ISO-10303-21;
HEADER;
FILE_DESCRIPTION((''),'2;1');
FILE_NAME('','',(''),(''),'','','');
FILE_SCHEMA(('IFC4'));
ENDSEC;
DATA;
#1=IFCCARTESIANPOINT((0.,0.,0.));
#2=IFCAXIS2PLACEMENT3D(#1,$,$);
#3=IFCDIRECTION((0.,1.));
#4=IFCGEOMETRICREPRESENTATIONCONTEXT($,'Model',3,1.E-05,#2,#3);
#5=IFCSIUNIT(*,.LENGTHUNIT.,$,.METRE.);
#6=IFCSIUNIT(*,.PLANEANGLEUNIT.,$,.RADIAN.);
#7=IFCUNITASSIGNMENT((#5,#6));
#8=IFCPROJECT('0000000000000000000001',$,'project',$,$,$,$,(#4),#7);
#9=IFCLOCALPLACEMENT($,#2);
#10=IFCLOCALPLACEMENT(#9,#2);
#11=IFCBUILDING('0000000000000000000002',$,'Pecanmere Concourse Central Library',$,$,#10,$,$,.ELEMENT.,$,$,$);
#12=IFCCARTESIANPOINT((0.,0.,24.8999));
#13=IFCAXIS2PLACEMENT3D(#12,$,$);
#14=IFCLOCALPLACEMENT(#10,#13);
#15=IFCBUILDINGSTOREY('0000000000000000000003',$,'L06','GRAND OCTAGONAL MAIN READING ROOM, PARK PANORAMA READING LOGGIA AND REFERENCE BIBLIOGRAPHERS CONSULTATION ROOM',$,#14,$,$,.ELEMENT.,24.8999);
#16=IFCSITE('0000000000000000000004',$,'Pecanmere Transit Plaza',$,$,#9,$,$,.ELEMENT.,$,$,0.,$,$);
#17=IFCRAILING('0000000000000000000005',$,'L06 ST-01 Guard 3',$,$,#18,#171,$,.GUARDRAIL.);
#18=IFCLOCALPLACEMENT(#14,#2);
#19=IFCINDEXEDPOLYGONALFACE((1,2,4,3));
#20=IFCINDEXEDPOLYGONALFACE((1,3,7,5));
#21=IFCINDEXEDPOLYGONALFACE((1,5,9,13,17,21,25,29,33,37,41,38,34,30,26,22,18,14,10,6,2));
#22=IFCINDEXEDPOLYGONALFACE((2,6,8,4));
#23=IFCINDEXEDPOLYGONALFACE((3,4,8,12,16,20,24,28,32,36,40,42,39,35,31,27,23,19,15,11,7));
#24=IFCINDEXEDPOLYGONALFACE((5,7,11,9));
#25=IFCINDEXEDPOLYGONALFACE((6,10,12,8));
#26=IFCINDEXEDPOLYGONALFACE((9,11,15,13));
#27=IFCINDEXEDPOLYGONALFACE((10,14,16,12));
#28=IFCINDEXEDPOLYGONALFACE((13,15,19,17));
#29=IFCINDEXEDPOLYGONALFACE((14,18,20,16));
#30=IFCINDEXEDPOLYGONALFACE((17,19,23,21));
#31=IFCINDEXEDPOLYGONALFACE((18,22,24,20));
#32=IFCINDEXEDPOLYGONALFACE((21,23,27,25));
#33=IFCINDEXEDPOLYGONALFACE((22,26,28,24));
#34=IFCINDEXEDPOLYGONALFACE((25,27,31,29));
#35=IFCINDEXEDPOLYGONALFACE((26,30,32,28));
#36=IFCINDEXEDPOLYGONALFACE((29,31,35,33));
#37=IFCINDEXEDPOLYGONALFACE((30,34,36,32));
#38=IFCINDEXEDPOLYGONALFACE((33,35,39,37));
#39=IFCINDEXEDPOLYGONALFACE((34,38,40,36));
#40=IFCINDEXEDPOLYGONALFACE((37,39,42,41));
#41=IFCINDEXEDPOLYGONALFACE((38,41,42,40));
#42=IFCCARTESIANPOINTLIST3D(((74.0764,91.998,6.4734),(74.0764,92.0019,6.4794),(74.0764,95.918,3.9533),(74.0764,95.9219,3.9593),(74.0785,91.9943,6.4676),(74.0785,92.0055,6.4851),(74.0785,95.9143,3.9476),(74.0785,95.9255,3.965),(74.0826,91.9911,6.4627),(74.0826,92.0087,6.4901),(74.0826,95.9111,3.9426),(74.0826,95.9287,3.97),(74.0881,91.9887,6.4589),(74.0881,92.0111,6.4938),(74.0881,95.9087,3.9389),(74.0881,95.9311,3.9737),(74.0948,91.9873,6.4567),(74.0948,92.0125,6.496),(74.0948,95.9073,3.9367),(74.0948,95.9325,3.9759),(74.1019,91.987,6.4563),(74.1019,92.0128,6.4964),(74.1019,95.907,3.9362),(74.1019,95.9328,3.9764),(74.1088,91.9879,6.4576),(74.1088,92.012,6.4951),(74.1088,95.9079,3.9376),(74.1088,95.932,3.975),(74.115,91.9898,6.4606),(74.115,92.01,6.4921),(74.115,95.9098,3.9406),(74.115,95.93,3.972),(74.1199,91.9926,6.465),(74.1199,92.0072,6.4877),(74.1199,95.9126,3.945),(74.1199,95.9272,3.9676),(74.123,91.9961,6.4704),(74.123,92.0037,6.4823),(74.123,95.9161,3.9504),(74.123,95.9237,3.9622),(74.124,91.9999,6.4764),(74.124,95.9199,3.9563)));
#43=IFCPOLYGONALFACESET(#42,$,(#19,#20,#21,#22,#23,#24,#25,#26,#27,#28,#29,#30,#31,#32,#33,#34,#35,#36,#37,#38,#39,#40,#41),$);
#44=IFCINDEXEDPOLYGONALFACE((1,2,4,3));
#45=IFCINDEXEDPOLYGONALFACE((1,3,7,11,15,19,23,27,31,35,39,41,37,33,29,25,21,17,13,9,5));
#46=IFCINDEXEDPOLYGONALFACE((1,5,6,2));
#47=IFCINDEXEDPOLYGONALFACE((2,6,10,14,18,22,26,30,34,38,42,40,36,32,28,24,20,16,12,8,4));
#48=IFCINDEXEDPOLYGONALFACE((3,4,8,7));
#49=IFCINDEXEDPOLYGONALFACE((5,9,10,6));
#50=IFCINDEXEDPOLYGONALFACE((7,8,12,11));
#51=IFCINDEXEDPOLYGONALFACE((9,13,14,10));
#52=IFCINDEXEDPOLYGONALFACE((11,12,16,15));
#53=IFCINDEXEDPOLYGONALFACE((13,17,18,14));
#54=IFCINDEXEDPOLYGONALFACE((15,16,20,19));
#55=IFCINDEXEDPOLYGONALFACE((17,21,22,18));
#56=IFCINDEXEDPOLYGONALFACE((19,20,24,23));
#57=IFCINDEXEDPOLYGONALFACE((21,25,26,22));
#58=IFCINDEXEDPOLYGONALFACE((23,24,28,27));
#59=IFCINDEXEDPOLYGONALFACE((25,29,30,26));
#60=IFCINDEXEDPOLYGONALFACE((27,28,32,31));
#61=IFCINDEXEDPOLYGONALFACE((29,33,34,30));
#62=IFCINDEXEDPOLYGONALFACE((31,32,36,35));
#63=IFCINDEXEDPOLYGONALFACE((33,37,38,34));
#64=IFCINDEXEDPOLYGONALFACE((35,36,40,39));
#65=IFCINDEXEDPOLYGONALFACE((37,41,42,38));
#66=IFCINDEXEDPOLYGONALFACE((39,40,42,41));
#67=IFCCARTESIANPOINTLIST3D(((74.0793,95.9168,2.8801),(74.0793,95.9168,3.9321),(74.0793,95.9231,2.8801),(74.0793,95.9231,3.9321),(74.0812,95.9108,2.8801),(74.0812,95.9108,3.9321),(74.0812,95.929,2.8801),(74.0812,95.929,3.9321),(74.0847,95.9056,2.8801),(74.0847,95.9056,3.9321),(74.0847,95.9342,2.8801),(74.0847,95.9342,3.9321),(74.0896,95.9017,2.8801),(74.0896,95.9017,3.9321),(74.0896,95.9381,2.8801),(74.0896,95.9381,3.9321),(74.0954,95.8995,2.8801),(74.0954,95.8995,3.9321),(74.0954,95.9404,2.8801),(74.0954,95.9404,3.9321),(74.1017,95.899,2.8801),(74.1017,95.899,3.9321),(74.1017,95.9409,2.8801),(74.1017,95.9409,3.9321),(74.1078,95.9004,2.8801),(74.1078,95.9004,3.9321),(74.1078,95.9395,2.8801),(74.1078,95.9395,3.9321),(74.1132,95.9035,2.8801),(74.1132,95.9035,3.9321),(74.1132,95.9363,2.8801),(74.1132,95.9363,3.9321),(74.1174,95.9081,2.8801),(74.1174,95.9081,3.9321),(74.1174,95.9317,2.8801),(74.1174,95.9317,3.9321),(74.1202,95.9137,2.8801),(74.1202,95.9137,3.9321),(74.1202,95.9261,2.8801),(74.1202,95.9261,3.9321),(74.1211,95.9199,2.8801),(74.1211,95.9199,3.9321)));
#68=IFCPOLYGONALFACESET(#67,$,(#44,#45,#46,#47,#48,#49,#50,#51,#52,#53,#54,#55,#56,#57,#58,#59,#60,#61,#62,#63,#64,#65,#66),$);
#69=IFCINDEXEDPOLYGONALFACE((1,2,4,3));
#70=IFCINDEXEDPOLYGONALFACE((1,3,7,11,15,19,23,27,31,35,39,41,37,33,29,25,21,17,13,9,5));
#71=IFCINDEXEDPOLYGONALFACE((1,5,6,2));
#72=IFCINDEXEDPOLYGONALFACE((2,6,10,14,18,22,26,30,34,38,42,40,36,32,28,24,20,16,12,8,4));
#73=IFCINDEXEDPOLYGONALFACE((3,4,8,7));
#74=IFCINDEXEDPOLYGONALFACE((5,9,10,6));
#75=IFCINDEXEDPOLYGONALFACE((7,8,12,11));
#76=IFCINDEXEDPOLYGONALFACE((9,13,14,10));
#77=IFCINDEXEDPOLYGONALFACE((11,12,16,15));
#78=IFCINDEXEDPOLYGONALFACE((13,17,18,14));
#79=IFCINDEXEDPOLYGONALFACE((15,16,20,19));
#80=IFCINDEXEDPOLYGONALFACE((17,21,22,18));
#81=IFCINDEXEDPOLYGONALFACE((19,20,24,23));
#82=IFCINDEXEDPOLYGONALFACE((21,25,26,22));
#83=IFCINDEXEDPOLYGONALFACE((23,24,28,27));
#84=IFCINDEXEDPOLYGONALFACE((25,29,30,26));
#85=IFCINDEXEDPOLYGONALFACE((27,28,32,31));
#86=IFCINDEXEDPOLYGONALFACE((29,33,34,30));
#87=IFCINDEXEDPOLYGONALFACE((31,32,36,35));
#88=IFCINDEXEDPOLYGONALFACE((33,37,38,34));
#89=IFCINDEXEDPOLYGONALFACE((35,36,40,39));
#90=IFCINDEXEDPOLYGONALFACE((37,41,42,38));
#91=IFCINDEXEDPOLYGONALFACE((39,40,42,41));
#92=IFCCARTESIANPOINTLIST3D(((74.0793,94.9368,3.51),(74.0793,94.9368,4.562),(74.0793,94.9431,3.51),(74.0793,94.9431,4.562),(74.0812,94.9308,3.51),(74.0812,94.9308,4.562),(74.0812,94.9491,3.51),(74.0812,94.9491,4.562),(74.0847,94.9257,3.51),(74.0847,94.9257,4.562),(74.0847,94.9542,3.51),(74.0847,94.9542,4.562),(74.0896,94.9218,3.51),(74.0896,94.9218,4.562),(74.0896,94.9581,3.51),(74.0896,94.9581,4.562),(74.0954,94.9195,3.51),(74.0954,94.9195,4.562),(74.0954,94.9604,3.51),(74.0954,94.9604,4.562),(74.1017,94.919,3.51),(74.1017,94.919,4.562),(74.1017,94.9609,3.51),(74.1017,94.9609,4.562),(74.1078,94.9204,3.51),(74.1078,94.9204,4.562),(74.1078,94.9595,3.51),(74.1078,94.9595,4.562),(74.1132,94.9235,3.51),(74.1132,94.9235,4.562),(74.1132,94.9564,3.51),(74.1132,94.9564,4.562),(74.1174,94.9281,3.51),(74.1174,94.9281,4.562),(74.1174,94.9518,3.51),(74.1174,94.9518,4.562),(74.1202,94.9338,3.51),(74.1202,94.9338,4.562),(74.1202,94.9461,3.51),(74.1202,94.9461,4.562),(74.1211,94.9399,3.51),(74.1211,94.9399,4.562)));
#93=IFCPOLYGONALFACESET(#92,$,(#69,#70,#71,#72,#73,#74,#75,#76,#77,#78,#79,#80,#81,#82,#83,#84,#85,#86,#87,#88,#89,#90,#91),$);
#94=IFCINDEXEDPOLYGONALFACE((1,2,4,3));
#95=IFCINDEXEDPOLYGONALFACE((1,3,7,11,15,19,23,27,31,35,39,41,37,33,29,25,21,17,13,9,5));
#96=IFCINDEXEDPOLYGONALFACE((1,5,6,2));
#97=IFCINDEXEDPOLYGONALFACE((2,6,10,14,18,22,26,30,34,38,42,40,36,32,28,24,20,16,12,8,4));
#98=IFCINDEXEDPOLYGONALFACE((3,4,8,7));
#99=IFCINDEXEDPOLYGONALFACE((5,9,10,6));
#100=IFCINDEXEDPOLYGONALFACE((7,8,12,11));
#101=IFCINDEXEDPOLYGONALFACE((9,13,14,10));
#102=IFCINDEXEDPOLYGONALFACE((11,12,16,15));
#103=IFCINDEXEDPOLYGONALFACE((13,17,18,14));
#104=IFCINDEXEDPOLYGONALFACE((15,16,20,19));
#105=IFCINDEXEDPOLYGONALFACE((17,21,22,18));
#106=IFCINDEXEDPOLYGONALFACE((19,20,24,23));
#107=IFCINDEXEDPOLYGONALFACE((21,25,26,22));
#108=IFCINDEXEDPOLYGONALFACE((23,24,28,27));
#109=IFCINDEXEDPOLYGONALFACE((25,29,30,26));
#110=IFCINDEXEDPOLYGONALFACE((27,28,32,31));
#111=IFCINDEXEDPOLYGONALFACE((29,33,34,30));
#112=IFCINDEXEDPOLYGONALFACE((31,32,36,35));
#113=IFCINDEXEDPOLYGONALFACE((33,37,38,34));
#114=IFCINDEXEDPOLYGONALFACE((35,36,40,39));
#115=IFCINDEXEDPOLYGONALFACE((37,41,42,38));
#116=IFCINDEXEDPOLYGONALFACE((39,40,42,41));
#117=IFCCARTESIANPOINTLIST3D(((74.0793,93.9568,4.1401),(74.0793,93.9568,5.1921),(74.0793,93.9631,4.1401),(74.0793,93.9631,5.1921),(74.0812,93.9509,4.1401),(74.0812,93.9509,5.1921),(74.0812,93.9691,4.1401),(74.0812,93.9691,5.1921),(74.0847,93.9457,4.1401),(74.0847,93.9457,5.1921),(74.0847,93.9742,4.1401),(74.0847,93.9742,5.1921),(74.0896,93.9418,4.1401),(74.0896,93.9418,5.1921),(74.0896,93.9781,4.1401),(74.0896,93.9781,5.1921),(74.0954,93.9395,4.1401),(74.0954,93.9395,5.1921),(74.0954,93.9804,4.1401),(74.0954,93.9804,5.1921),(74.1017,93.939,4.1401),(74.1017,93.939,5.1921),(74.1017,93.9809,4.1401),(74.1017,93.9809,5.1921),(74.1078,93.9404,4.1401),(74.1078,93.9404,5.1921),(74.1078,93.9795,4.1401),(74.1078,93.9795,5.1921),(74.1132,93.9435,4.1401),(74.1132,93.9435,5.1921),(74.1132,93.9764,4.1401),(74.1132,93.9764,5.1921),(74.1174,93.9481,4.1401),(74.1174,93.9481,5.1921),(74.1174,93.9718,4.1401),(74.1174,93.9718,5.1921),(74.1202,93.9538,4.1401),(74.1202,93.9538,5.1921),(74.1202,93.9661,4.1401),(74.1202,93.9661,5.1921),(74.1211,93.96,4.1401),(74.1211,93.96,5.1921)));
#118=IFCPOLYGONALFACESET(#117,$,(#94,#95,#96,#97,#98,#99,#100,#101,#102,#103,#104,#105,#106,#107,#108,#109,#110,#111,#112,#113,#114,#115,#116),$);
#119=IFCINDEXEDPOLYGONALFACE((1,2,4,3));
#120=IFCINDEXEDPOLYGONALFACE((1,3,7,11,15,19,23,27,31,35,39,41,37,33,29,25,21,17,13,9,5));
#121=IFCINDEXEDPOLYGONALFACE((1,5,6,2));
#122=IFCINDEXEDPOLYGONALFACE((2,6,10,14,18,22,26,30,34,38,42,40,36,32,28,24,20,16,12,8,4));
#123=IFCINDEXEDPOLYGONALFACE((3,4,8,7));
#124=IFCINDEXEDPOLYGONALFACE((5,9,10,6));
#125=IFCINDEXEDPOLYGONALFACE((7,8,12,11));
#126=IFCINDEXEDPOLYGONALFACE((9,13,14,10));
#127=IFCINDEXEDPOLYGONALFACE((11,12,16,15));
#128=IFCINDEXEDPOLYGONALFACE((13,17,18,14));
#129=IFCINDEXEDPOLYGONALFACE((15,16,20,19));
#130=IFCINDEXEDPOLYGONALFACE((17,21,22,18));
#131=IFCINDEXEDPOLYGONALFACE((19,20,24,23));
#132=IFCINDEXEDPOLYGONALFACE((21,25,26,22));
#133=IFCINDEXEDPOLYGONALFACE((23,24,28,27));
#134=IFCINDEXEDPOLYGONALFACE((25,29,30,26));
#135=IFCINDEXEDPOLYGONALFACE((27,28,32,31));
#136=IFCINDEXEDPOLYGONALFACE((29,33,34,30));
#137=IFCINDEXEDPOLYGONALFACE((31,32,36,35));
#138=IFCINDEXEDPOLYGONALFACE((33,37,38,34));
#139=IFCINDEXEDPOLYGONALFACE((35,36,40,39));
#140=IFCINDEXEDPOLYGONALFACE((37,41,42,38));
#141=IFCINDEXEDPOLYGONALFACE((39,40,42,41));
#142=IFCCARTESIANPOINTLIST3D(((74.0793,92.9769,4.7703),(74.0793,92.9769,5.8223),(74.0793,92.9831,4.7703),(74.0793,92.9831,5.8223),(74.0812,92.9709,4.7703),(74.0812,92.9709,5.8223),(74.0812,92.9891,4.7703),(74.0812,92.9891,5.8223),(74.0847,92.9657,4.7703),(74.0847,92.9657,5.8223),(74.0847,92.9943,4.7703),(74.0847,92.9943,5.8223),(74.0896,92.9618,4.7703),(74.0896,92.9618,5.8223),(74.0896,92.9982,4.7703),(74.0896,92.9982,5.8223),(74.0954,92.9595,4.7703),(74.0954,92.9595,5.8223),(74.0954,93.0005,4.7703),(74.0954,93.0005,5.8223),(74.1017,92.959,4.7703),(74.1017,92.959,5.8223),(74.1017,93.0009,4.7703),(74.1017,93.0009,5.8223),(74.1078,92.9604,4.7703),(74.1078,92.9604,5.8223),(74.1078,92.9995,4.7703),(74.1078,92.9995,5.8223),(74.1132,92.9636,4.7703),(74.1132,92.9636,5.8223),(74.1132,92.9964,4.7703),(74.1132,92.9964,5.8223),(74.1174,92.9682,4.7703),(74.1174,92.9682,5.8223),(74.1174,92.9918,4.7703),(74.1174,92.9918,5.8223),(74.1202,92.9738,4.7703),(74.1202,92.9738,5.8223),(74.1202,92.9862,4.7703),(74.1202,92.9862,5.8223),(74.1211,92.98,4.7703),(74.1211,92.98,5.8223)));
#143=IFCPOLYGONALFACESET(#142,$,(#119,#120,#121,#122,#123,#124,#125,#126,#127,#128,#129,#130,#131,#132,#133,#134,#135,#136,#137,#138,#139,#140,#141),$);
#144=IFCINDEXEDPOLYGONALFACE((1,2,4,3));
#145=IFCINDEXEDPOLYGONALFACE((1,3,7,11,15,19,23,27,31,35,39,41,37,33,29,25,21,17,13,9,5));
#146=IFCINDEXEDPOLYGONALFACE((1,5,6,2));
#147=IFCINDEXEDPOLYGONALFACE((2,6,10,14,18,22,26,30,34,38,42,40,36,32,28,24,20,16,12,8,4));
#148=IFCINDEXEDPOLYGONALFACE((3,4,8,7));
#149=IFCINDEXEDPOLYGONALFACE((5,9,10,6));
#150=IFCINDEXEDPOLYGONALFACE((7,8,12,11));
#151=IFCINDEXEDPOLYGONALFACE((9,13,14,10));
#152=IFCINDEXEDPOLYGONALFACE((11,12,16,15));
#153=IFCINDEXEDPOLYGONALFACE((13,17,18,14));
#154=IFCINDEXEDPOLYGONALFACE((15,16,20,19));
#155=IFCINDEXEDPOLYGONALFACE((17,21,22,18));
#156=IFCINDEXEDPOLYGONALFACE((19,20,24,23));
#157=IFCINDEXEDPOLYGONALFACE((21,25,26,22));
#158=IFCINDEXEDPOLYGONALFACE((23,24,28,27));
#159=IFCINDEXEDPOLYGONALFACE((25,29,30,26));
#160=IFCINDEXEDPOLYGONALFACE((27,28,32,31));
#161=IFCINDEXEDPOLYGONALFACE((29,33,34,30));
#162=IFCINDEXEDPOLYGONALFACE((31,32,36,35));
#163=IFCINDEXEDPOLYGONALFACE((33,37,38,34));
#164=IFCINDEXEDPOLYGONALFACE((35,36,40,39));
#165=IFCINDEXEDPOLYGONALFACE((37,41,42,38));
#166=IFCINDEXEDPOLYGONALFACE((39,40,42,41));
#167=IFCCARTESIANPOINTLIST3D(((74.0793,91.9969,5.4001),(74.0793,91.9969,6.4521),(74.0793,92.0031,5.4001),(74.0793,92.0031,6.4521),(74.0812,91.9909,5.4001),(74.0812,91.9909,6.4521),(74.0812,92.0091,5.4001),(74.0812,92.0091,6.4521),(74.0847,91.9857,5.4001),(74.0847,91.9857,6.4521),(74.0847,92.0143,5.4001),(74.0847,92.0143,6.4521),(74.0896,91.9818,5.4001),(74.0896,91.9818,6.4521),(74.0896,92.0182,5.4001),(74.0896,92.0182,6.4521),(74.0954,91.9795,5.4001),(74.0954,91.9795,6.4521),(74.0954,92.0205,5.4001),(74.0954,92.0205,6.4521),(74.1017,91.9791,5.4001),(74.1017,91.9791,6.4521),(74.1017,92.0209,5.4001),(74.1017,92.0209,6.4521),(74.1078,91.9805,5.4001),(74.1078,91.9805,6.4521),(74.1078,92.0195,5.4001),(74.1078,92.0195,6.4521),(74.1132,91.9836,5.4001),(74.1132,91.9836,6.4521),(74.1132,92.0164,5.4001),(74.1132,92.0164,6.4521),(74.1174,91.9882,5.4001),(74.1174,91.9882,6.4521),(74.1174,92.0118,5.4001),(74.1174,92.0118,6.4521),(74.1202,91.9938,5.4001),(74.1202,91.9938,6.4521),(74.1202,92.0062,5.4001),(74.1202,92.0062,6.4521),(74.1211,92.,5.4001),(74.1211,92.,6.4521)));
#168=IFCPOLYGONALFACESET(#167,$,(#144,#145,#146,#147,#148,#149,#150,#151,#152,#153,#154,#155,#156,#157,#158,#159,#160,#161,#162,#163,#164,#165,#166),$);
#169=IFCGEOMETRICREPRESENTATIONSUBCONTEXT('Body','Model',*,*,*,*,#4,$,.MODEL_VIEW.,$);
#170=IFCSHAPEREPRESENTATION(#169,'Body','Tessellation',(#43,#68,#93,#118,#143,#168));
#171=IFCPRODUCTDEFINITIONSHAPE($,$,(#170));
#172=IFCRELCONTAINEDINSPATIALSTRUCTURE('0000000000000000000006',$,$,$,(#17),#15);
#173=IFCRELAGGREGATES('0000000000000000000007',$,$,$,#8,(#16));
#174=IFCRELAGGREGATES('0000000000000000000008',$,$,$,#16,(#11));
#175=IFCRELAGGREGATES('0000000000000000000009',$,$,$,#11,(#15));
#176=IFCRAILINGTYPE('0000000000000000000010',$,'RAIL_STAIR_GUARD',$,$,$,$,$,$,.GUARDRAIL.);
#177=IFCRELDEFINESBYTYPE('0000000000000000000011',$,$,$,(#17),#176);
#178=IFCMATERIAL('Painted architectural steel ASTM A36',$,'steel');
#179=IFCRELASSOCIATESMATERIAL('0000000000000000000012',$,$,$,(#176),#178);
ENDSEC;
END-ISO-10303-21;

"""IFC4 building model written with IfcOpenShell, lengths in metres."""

from ifc_helpers import new_model, si_unit, direction, frame, origin, origin_2d, place, context, subcontext, project, spatial, circle, extrude, material, type_object, element, save


model = new_model("IFC4")

# Units and contexts
model_context = context("Model", 3, precision=1e-05, world=origin(), true_north=direction((0.0, 1.0)))
body_context = subcontext(model_context, "Body", "Model", "MODEL_VIEW")
ifc_project = project(units=[si_unit("LENGTHUNIT", "METRE"), si_unit("PLANEANGLEUNIT", "RADIAN")], contexts=[model_context])

# Site, building, storey
site_placement = place(None, origin())
site = spatial("IfcSite", under=ifc_project, at=site_placement, Name="Pecanmere Transit Plaza", CompositionType="ELEMENT", RefElevation=0.0)
building_placement = place(site_placement, origin())
building = spatial("IfcBuilding", under=site, at=building_placement, Name="Pecanmere Concourse Central Library", CompositionType="ELEMENT")
storey_placement = place(building_placement, frame((0.0, 0.0, 24.8999)))
storey = spatial("IfcBuildingStorey", under=building, at=storey_placement, Name="L06", Description="GRAND OCTAGONAL MAIN READING ROOM, PARK PANORAMA READING LOGGIA AND REFERENCE BIBLIOGRAPHERS CONSULTATION ROOM", CompositionType="ELEMENT", Elevation=24.8999)

# Railing
ifc_material_1 = material(Name="Painted architectural steel ASTM A36", Category="steel")
railing_type_1 = type_object("IfcRailingType", Name="RAIL_STAIR_GUARD", PredefinedType="GUARDRAIL", material=ifc_material_1)
railing_1_placement = place(storey_placement, frame((74.1001, 95.9199, 2.8801)))
element("IfcRailing", 1, at=railing_1_placement, inside=storey, type_object=railing_type_1, Name="L06 ST-01 Guard 3", PredefinedType="GUARDRAIL", context=body_context, shape_type="SweptSolid", body=[
    extrude(circle(Radius=0.0239, at=origin_2d()), frame((0.0, 0.0, 1.0762), z_axis=(0.0, -0.841172, 0.540768), x_axis=(1.0, 0.0, 0.0)), (0.0, 0.0, 1.0), 4.6602),
    extrude(circle(Radius=0.021, at=origin_2d()), origin(), (0.0, 0.0, 1.0), 1.052),
    extrude(circle(Radius=0.021, at=origin_2d()), frame((0.0, -0.98, 0.6299)), (0.0, 0.0, 1.0), 1.052),
    extrude(circle(Radius=0.021, at=origin_2d()), frame((0.0, -1.96, 1.26)), (0.0, 0.0, 1.0), 1.052),
    extrude(circle(Radius=0.021, at=origin_2d()), frame((0.0, -2.9399, 1.8901)), (0.0, 0.0, 1.0), 1.052),
    extrude(circle(Radius=0.021, at=origin_2d()), frame((0.0, -3.9199, 2.52)), (0.0, 0.0, 1.0), 1.052),
])

save(model, "model.ifc")
